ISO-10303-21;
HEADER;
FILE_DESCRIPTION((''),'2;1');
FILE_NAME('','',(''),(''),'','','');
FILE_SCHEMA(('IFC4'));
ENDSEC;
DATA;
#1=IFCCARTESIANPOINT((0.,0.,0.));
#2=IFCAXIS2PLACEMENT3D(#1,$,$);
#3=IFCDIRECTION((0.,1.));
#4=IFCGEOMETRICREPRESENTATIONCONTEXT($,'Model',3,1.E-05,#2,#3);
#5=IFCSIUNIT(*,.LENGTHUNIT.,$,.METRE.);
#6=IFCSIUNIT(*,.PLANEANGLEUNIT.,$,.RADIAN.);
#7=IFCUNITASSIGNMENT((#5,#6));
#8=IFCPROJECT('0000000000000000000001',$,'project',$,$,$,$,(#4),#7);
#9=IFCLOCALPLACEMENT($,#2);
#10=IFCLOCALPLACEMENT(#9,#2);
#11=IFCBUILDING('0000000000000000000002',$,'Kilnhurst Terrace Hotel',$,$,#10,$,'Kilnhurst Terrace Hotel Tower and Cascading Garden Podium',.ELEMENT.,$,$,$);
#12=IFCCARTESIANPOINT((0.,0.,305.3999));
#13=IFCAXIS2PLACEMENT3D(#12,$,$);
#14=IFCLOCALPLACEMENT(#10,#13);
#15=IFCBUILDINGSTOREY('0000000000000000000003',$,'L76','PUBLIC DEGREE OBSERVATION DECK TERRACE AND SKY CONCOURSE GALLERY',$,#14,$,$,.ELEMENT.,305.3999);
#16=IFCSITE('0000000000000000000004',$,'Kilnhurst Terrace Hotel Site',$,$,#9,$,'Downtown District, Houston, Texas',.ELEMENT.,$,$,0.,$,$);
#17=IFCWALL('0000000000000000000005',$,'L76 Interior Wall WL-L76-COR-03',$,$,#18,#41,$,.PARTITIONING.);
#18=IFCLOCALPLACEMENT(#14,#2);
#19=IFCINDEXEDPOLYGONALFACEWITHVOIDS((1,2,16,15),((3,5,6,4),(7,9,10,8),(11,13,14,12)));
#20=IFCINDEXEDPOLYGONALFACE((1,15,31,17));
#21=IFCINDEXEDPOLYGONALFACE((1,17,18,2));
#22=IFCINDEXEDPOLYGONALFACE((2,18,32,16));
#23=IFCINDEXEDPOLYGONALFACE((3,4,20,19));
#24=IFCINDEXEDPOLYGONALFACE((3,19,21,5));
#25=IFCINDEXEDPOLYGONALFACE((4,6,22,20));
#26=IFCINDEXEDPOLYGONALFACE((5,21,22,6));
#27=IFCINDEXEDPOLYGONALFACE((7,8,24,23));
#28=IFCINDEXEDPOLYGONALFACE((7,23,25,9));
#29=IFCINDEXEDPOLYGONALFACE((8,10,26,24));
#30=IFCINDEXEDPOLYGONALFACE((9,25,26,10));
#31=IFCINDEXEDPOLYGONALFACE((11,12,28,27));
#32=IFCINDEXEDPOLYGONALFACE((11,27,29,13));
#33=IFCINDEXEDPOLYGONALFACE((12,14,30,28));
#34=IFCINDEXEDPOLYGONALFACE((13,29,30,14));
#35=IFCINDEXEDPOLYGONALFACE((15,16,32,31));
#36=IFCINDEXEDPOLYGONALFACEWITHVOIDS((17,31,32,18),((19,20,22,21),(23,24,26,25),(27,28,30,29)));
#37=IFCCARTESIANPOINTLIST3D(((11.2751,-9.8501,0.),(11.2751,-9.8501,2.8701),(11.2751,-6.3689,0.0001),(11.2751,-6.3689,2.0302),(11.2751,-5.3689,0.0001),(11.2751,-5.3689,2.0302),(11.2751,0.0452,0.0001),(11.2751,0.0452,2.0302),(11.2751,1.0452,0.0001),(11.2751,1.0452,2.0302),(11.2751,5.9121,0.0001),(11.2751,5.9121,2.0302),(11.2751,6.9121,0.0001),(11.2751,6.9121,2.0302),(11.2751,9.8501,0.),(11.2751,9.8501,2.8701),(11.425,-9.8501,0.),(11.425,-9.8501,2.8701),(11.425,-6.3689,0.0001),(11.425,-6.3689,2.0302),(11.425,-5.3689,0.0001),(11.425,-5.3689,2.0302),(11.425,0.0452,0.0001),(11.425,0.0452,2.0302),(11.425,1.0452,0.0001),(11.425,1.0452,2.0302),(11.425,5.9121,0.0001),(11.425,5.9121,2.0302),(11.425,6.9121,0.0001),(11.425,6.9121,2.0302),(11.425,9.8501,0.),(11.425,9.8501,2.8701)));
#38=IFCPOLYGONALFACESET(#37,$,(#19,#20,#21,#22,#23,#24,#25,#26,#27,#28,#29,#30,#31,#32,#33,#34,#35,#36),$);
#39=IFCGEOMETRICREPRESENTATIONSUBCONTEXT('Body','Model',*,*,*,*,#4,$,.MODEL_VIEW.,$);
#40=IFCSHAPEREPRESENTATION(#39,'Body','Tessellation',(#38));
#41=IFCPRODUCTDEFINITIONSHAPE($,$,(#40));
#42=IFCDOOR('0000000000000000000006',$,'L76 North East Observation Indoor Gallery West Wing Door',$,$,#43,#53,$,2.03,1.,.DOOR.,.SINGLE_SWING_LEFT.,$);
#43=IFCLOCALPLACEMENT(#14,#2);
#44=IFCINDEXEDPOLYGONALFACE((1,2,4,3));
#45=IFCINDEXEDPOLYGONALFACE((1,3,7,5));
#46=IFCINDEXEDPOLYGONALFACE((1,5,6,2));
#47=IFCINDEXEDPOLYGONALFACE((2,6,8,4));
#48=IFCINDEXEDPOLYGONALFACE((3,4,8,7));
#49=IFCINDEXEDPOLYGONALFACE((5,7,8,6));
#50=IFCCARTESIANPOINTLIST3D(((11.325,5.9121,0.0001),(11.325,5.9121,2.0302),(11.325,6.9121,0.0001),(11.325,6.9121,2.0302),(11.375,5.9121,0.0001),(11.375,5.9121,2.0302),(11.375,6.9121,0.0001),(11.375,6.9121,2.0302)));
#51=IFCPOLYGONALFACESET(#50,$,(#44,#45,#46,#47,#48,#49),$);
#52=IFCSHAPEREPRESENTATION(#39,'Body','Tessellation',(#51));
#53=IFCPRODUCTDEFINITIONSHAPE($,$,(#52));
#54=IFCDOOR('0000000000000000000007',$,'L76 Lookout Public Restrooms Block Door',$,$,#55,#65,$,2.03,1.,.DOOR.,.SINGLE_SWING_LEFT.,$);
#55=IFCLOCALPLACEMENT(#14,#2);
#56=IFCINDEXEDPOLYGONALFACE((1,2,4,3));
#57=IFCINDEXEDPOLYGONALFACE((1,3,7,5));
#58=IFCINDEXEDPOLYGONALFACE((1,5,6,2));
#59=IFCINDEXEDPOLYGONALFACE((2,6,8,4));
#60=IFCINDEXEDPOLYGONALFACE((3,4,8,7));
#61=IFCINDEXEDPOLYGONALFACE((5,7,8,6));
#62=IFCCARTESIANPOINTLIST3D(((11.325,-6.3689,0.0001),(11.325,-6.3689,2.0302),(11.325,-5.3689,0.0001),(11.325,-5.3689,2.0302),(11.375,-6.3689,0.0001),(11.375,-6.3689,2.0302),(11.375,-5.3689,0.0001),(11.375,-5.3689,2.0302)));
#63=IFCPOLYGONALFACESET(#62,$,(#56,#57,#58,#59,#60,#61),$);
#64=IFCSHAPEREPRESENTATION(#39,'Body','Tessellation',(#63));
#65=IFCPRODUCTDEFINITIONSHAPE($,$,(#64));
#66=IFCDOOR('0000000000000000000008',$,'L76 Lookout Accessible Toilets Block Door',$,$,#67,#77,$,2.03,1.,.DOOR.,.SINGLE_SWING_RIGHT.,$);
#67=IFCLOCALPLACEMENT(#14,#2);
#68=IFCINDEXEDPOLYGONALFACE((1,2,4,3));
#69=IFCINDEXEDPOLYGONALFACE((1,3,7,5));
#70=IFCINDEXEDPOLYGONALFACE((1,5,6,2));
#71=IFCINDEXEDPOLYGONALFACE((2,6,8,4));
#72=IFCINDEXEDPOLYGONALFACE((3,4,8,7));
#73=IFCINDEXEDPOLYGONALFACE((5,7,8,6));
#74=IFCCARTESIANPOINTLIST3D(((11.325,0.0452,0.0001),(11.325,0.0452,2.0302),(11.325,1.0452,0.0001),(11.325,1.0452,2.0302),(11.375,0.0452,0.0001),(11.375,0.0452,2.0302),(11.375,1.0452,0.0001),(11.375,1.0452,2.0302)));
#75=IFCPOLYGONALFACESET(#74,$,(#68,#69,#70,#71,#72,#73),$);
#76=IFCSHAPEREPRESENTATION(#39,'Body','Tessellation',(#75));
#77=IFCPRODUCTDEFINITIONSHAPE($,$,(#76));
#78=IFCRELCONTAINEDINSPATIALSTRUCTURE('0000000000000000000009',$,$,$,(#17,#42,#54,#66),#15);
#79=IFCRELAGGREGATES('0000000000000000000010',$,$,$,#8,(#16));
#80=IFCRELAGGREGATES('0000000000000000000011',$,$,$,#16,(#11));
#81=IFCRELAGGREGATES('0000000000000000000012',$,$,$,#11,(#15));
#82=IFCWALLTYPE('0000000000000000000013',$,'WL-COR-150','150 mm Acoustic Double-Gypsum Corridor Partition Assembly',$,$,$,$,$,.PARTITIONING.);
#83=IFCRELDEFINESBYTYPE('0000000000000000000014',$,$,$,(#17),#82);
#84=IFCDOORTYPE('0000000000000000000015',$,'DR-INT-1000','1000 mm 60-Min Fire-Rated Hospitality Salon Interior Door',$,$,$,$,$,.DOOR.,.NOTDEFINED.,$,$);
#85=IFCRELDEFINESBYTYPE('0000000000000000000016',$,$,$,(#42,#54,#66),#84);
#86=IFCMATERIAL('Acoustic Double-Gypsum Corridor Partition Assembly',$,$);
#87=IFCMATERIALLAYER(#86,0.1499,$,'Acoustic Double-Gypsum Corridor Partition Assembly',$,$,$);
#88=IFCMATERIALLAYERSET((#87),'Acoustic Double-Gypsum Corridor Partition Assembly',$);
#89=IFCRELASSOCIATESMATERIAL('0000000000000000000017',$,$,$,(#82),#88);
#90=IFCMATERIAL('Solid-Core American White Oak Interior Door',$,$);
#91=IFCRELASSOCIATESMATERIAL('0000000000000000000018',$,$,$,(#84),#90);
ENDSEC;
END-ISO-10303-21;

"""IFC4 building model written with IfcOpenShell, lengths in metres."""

from ifc_helpers import new_model, si_unit, direction, frame, frame_2d, origin, place, context, subcontext, project, spatial, rectangle, extrude, material, layer, layer_set, type_object, element, fill, save


model = new_model("IFC4")

# Units and contexts
model_context = context("Model", 3, precision=1e-05, world=origin(), true_north=direction((0.0, 1.0)))
body_context = subcontext(model_context, "Body", "Model", "MODEL_VIEW")
ifc_project = project(units=[si_unit("LENGTHUNIT", "METRE"), si_unit("PLANEANGLEUNIT", "RADIAN")], contexts=[model_context])

# Site, building, storey
site_placement = place(None, origin())
site = spatial("IfcSite", under=ifc_project, at=site_placement, Name="Kilnhurst Terrace Hotel Site", LongName="Downtown District, Houston, Texas", CompositionType="ELEMENT", RefElevation=0.0)
building_placement = place(site_placement, origin())
building = spatial("IfcBuilding", under=site, at=building_placement, Name="Kilnhurst Terrace Hotel", LongName="Kilnhurst Terrace Hotel Tower and Cascading Garden Podium", CompositionType="ELEMENT")
storey_placement = place(building_placement, frame((0.0, 0.0, 305.3999)))
storey = spatial("IfcBuildingStorey", under=building, at=storey_placement, Name="L76", Description="PUBLIC DEGREE OBSERVATION DECK TERRACE AND SKY CONCOURSE GALLERY", CompositionType="ELEMENT", Elevation=305.3999)

# Wall, openings, doors
ifc_material_1 = material(Name="Acoustic Double-Gypsum Corridor Partition Assembly")
ifc_layer_1 = layer(ifc_material_1, 0.1499, Name="Acoustic Double-Gypsum Corridor Partition Assembly")
ifc_layer_set_1 = layer_set([ifc_layer_1], Name="Acoustic Double-Gypsum Corridor Partition Assembly")
wall_type_1 = type_object("IfcWallType", Name="WL-COR-150", Description="150 mm Acoustic Double-Gypsum Corridor Partition Assembly", PredefinedType="PARTITIONING", material=ifc_layer_set_1)
wall_1_placement = place(storey_placement, frame((11.3501, 9.8501, 0.0), z_axis=(0.0, 0.0, 1.0), x_axis=(0.0, -1.0, 0.0)))
wall_1 = element("IfcWall", 1, at=wall_1_placement, inside=storey, type_object=wall_type_1, Name="L76 Interior Wall WL-L76-COR-03", PredefinedType="PARTITIONING", context=body_context, shape_type="SweptSolid", body=[
    extrude(rectangle(XDim=19.7002, YDim=0.1499, at=frame_2d((9.8501, 0.0))), origin(), (0.0, 0.0, 1.0), 2.8701),
])
opening_1_placement = place(wall_1_placement, frame((2.938, 0.0, 0.0)))
opening_1 = element("IfcOpeningElement", 2, at=opening_1_placement, cuts=wall_1, PredefinedType="OPENING", context=body_context, shape_type="SweptSolid", body=[
    extrude(rectangle(XDim=1.0, YDim=2.03, at=frame_2d((0.5, 1.0151))), frame((0.0, 0.085, 0.0), z_axis=(0.0, -1.0, 0.0), x_axis=(1.0, 0.0, 0.0)), (0.0, 0.0, 1.0), 0.1699),
])
opening_2_placement = place(wall_1_placement, frame((15.219, 0.0, 0.0)))
opening_2 = element("IfcOpeningElement", 3, at=opening_2_placement, cuts=wall_1, PredefinedType="OPENING", context=body_context, shape_type="SweptSolid", body=[
    extrude(rectangle(XDim=1.0, YDim=2.03, at=frame_2d((0.5, 1.0151))), frame((0.0, 0.085, 0.0), z_axis=(0.0, -1.0, 0.0), x_axis=(1.0, 0.0, 0.0)), (0.0, 0.0, 1.0), 0.1699),
])
opening_3_placement = place(wall_1_placement, frame((8.8049, 0.0, 0.0)))
opening_3 = element("IfcOpeningElement", 4, at=opening_3_placement, cuts=wall_1, PredefinedType="OPENING", context=body_context, shape_type="SweptSolid", body=[
    extrude(rectangle(XDim=1.0, YDim=2.03, at=frame_2d((0.5, 1.0151))), frame((0.0, 0.085, 0.0), z_axis=(0.0, -1.0, 0.0), x_axis=(1.0, 0.0, 0.0)), (0.0, 0.0, 1.0), 0.1699),
])
ifc_material_2 = material(Name="Solid-Core American White Oak Interior Door")
door_type = type_object("IfcDoorType", Name="DR-INT-1000", Description="1000 mm 60-Min Fire-Rated Hospitality Salon Interior Door", OperationType="NOTDEFINED", PredefinedType="DOOR", material=ifc_material_2)
door_1_placement = place(opening_1_placement, origin())
door_1 = element("IfcDoor", 5, at=door_1_placement, inside=storey, type_object=door_type, Name="L76 North East Observation Indoor Gallery West Wing Door", OperationType="SINGLE_SWING_LEFT", OverallHeight=2.03, OverallWidth=1.0, PredefinedType="DOOR", context=body_context, shape_type="SweptSolid", body=[
    extrude(rectangle(XDim=1.0, YDim=2.03, at=frame_2d((0.5, 1.0151))), frame((0.0, 0.0249, 0.0), z_axis=(0.0, -1.0, 0.0), x_axis=(1.0, 0.0, 0.0)), (0.0, 0.0, 1.0), 0.05),
])
fill(opening_1, door_1)
door_2_placement = place(opening_2_placement, origin())
door_2 = element("IfcDoor", 6, at=door_2_placement, inside=storey, type_object=door_type, Name="L76 Lookout Public Restrooms Block Door", OperationType="SINGLE_SWING_LEFT", OverallHeight=2.03, OverallWidth=1.0, PredefinedType="DOOR", context=body_context, shape_type="SweptSolid", body=[
    extrude(rectangle(XDim=1.0, YDim=2.03, at=frame_2d((0.5, 1.0151))), frame((0.0, 0.0249, 0.0), z_axis=(0.0, -1.0, 0.0), x_axis=(1.0, 0.0, 0.0)), (0.0, 0.0, 1.0), 0.05),
])
fill(opening_2, door_2)
door_3_placement = place(opening_3_placement, origin())
door_3 = element("IfcDoor", 7, at=door_3_placement, inside=storey, type_object=door_type, Name="L76 Lookout Accessible Toilets Block Door", OperationType="SINGLE_SWING_RIGHT", OverallHeight=2.03, OverallWidth=1.0, PredefinedType="DOOR", context=body_context, shape_type="SweptSolid", body=[
    extrude(rectangle(XDim=1.0, YDim=2.03, at=frame_2d((0.5, 1.0151))), frame((0.0, 0.0249, 0.0), z_axis=(0.0, -1.0, 0.0), x_axis=(1.0, 0.0, 0.0)), (0.0, 0.0, 1.0), 0.05),
])
fill(opening_3, door_3)

save(model, "model.ifc")
